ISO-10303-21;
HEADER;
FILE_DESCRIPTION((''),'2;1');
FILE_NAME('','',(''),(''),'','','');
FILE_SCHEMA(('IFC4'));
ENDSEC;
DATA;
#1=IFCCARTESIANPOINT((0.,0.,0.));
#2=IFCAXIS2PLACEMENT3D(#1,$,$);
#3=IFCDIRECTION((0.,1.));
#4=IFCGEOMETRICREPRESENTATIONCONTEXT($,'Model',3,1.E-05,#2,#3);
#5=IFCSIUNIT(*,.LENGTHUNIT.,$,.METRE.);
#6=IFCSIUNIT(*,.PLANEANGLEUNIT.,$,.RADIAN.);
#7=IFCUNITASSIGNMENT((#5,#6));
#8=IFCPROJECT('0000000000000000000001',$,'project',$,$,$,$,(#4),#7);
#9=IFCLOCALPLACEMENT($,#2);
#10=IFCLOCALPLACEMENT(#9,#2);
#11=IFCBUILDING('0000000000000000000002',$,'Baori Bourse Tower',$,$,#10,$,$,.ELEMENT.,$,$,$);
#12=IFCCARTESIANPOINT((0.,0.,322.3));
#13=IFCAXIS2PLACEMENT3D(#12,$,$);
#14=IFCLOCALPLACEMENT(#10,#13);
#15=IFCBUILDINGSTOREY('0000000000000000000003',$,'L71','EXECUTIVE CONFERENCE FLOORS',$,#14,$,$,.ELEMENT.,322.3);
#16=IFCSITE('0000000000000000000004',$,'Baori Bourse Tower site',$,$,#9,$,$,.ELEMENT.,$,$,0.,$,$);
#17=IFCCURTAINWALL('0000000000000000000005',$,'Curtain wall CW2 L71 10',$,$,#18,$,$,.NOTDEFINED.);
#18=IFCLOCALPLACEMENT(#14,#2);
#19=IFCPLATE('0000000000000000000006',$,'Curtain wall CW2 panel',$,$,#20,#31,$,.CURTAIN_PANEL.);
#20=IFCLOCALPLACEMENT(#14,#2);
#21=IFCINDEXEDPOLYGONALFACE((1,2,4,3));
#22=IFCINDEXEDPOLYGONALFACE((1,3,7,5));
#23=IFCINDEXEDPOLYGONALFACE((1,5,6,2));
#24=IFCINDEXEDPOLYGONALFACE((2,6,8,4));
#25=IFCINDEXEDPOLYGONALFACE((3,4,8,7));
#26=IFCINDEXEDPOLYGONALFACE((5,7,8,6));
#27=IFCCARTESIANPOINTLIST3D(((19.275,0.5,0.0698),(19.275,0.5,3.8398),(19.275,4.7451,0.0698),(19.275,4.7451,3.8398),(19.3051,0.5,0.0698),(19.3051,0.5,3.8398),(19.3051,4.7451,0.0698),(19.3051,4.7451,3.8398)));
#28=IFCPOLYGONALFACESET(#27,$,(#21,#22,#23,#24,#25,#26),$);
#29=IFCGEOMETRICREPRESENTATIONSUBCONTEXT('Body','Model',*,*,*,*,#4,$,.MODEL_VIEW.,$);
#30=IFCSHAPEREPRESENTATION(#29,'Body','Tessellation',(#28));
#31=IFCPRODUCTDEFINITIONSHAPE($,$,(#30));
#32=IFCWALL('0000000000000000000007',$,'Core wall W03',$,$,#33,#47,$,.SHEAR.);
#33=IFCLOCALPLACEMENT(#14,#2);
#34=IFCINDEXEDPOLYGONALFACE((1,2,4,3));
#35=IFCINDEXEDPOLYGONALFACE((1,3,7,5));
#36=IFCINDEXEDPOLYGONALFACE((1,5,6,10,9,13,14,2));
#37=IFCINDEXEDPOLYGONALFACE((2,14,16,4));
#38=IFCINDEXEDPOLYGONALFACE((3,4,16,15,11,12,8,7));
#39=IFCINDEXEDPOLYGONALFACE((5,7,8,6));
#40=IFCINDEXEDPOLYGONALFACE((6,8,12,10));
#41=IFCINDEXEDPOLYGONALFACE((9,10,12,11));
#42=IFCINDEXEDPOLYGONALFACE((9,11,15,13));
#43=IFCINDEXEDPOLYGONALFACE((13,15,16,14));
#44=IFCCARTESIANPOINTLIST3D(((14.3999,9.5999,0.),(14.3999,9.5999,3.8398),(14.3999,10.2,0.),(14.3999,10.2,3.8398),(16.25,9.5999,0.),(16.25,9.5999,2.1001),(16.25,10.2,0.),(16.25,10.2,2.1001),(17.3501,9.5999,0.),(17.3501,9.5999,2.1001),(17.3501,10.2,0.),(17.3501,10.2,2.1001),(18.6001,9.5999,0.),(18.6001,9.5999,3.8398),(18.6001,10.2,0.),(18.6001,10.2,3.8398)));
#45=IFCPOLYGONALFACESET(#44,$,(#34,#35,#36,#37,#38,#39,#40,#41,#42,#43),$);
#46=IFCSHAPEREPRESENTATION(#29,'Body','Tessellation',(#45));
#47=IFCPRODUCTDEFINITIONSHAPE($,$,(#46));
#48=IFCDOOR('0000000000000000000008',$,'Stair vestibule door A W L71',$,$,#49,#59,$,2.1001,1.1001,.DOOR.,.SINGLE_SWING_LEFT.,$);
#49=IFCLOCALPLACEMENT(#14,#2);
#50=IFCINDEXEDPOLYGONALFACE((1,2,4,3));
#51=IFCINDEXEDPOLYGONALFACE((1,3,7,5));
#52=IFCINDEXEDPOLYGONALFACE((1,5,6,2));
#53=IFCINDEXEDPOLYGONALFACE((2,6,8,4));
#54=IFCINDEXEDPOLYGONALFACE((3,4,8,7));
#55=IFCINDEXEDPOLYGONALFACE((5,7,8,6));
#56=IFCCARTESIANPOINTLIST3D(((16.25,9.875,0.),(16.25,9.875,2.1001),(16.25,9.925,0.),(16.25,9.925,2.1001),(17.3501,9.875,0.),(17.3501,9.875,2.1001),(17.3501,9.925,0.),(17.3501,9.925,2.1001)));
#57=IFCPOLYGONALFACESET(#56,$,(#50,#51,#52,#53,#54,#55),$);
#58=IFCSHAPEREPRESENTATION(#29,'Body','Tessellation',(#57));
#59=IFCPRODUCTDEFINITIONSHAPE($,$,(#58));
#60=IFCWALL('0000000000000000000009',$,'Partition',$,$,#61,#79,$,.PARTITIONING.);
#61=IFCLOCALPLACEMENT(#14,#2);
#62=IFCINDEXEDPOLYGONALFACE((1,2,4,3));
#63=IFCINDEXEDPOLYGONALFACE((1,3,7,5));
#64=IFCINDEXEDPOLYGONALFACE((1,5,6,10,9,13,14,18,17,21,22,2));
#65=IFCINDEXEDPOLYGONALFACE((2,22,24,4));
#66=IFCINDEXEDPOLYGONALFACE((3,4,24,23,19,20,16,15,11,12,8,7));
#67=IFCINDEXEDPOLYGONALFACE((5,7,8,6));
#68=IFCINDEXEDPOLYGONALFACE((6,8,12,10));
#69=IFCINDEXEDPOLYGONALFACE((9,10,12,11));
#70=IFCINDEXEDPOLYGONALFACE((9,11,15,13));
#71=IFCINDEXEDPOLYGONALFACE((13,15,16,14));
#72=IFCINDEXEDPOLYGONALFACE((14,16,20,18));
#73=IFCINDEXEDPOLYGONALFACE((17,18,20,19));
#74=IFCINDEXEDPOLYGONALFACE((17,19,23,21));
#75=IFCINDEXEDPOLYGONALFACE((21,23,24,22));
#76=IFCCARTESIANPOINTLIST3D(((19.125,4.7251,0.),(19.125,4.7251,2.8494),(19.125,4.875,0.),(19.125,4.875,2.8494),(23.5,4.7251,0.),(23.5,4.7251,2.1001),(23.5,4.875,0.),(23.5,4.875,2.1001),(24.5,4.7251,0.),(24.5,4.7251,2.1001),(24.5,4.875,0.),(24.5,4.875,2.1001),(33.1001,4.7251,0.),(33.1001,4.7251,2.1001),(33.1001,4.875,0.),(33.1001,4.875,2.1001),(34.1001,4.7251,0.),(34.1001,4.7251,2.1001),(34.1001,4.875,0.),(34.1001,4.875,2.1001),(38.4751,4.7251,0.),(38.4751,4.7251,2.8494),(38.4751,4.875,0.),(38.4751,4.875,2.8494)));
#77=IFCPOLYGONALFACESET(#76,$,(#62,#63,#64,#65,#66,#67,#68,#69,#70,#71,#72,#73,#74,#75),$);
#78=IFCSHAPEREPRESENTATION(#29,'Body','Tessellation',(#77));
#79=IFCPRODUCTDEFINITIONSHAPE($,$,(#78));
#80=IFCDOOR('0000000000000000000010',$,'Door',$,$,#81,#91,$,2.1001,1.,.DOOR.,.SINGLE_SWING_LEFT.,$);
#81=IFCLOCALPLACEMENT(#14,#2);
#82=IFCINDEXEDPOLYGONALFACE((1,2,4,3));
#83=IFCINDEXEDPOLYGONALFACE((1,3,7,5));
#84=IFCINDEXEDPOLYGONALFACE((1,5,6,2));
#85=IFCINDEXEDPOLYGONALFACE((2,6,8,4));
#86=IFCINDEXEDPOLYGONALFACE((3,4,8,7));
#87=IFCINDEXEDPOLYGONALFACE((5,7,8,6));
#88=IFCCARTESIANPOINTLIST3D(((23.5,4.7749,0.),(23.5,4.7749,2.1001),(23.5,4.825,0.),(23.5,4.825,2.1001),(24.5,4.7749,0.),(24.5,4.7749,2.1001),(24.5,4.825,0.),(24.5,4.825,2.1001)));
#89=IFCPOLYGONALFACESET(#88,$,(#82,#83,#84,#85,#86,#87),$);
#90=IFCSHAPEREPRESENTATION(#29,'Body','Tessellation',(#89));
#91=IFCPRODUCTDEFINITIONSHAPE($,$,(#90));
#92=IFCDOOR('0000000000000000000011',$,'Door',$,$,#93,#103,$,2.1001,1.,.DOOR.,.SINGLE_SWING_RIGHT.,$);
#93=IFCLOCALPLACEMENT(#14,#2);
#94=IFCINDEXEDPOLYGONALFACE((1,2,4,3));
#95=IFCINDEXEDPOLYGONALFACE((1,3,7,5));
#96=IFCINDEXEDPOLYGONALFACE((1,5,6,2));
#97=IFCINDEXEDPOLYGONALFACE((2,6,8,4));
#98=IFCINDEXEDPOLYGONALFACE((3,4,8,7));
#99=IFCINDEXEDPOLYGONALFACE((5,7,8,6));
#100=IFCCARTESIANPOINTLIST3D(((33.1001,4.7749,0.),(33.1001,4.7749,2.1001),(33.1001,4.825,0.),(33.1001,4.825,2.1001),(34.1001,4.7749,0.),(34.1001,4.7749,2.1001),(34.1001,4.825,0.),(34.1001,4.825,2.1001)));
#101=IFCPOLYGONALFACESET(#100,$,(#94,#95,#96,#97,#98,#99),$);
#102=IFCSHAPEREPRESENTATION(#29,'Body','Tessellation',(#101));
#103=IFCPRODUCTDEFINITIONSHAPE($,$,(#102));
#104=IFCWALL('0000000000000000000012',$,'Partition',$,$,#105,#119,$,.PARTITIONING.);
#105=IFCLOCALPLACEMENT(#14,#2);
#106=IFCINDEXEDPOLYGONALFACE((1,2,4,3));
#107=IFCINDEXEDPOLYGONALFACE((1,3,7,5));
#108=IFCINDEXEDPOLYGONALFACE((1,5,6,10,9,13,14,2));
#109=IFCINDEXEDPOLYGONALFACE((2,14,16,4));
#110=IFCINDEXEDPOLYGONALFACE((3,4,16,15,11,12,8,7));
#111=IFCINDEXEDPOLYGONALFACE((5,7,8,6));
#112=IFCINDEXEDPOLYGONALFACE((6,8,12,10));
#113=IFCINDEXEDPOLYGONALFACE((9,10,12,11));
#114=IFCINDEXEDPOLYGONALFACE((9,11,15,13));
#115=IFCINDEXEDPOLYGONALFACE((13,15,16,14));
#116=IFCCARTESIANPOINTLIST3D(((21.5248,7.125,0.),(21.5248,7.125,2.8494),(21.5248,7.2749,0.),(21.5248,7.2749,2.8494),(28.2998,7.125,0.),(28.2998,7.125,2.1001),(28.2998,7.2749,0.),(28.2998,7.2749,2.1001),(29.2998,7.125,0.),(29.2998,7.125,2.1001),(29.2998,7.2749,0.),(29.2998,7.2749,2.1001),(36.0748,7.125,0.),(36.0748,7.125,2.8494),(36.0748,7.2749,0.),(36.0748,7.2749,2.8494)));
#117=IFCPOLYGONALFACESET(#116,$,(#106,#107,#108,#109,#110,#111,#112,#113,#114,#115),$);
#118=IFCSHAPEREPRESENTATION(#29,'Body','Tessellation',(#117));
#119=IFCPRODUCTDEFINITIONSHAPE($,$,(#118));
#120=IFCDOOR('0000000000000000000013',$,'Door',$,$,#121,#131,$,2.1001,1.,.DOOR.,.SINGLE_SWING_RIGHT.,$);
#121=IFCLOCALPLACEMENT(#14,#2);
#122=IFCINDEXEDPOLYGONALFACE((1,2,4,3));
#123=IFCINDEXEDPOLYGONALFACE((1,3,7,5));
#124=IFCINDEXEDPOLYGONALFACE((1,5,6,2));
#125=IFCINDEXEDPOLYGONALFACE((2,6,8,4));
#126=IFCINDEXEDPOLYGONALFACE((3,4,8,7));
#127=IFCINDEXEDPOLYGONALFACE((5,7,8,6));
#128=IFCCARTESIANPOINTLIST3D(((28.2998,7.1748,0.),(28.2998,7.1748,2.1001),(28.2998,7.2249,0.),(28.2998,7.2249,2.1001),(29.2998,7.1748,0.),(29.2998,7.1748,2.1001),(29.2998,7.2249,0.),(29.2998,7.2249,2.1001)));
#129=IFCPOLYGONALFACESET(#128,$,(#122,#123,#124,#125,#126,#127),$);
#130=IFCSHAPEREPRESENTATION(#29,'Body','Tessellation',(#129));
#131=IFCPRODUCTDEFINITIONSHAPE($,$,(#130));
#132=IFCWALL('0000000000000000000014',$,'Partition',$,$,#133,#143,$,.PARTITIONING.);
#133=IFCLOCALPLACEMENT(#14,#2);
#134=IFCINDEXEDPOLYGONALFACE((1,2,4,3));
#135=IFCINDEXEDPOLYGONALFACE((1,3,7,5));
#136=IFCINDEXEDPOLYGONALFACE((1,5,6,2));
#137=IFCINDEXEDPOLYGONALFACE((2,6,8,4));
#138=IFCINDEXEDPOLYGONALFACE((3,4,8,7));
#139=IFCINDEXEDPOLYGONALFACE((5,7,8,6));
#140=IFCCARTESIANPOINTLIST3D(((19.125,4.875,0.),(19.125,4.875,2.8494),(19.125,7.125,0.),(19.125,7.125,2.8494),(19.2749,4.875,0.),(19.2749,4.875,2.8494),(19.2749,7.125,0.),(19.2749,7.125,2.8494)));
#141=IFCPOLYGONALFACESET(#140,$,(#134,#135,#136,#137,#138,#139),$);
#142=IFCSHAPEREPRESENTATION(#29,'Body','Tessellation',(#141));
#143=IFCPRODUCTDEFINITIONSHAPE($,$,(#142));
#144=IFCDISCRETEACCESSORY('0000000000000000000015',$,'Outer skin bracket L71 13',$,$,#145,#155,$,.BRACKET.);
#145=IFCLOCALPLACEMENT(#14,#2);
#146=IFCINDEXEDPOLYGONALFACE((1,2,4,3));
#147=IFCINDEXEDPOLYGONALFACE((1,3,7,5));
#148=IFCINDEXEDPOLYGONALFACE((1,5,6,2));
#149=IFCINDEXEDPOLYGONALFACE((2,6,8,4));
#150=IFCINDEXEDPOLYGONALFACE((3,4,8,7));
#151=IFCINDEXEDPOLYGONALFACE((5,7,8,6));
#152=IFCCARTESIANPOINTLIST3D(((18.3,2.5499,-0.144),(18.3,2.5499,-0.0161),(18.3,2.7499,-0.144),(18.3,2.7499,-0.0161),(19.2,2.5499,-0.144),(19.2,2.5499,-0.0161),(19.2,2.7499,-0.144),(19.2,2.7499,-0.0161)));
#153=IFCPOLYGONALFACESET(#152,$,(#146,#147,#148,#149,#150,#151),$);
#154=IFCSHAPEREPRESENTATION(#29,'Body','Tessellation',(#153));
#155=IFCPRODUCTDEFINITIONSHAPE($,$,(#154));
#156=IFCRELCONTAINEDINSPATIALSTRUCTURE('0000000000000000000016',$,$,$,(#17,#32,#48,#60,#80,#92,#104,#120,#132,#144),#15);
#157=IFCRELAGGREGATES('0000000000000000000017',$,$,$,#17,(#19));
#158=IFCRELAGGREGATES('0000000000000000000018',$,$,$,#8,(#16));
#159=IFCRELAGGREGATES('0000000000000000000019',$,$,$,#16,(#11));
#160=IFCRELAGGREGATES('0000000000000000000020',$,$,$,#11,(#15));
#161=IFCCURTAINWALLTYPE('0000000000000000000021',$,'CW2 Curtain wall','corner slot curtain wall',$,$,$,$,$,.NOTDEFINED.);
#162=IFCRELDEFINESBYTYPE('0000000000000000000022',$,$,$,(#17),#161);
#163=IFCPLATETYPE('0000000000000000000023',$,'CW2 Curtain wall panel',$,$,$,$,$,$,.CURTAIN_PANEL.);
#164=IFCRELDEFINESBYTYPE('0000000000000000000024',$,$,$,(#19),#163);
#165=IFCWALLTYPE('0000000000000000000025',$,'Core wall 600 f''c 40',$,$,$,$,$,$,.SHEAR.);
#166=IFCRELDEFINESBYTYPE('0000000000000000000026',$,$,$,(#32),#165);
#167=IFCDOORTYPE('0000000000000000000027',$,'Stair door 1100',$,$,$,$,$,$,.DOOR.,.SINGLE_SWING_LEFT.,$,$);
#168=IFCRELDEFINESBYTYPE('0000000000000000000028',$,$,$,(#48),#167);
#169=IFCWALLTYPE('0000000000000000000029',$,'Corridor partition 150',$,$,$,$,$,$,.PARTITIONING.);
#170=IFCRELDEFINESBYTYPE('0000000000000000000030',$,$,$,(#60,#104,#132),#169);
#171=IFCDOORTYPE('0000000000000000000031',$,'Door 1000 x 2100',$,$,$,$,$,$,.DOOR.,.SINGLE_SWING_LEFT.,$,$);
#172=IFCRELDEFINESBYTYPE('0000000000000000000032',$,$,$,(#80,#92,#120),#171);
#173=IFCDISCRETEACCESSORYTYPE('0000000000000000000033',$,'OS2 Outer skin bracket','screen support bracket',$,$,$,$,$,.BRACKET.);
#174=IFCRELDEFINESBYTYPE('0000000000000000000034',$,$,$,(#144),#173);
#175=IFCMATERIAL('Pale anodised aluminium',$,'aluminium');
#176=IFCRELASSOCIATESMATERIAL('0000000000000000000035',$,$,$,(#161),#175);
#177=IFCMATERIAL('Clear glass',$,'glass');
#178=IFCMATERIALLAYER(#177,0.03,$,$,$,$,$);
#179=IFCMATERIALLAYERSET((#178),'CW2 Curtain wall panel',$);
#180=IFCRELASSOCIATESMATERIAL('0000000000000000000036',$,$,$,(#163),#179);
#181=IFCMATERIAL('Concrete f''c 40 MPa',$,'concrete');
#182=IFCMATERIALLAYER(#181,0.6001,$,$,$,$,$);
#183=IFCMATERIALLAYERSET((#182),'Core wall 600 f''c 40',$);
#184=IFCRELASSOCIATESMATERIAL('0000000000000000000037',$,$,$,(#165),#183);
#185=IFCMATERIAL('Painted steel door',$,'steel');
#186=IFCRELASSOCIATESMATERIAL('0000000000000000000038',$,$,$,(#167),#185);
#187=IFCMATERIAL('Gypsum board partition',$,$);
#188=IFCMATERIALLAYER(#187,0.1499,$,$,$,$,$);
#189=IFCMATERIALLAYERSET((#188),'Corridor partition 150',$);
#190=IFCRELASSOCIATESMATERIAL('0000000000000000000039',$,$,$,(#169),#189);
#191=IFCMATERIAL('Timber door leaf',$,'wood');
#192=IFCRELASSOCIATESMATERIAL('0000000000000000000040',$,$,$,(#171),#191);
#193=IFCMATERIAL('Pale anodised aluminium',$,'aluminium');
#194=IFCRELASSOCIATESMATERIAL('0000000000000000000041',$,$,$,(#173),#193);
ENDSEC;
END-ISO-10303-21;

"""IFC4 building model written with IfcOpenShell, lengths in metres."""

from ifc_helpers import new_model, si_unit, direction, frame, frame_2d, origin, origin_2d, place, context, subcontext, project, spatial, rectangle, extrude, material, layer, layer_set, type_object, element, fill, aggregate, save


model = new_model("IFC4")

# Units and contexts
model_context = context("Model", 3, precision=1e-05, world=origin(), true_north=direction((0.0, 1.0)))
body_context = subcontext(model_context, "Body", "Model", "MODEL_VIEW")
ifc_project = project(units=[si_unit("LENGTHUNIT", "METRE"), si_unit("PLANEANGLEUNIT", "RADIAN")], contexts=[model_context])

# Site, building, storey
site_placement = place(None, origin())
site = spatial("IfcSite", under=ifc_project, at=site_placement, Name="Baori Bourse Tower site", CompositionType="ELEMENT", RefElevation=0.0)
building_placement = place(site_placement, origin())
building = spatial("IfcBuilding", under=site, at=building_placement, Name="Baori Bourse Tower", CompositionType="ELEMENT")
storey_placement = place(building_placement, frame((0.0, 0.0, 322.3)))
storey = spatial("IfcBuildingStorey", under=building, at=storey_placement, Name="L71", Description="EXECUTIVE CONFERENCE FLOORS", CompositionType="ELEMENT", Elevation=322.3)

# Curtain wall
ifc_material_1 = material(Name="Pale anodised aluminium", Category="aluminium")
curtain_wall_type_1 = type_object("IfcCurtainWallType", Name="CW2 Curtain wall", Description="corner slot curtain wall", PredefinedType="NOTDEFINED", material=ifc_material_1)
curtain_wall_1_placement = place(storey_placement, origin())
curtain_wall_1 = element("IfcCurtainWall", 1, at=curtain_wall_1_placement, inside=storey, type_object=curtain_wall_type_1, Name="Curtain wall CW2 L71 10", PredefinedType="NOTDEFINED")

# Plate
ifc_material_2 = material(Name="Clear glass", Category="glass")
ifc_layer_1 = layer(ifc_material_2, 0.03)
ifc_layer_set_1 = layer_set([ifc_layer_1], Name="CW2 Curtain wall panel")
plate_type = type_object("IfcPlateType", Name="CW2 Curtain wall panel", PredefinedType="CURTAIN_PANEL", material=ifc_layer_set_1)
plate_placement = place(storey_placement, frame((19.29, 2.6226, 0.0698), z_axis=(0.0, 0.0, 1.0), x_axis=(0.0, -1.0, 0.0)))
plate = element("IfcPlate", 2, at=plate_placement, type_object=plate_type, Name="Curtain wall CW2 panel", PredefinedType="CURTAIN_PANEL", context=body_context, shape_type="SweptSolid", body=[
    extrude(rectangle(XDim=4.2451, YDim=0.03, at=origin_2d()), origin(), (0.0, 0.0, 1.0), 3.77),
])
aggregate(curtain_wall_1, [plate])

# Wall, opening, door
ifc_material_3 = material(Name="Concrete f'c 40 MPa", Category="concrete")
ifc_layer_2 = layer(ifc_material_3, 0.6001)
ifc_layer_set_2 = layer_set([ifc_layer_2], Name="Core wall 600 f'c 40")
wall_type_1 = type_object("IfcWallType", Name="Core wall 600 f'c 40", PredefinedType="SHEAR", material=ifc_layer_set_2)
wall_1_placement = place(storey_placement, frame((18.6001, 9.8999, 0.0), z_axis=(0.0, 0.0, 1.0), x_axis=(-1.0, 0.0, 0.0)))
wall_1 = element("IfcWall", 3, at=wall_1_placement, inside=storey, type_object=wall_type_1, Name="Core wall W03", PredefinedType="SHEAR", context=body_context, shape_type="SweptSolid", body=[
    extrude(rectangle(XDim=4.2002, YDim=0.6001, at=frame_2d((2.1001, 0.0))), origin(), (0.0, 0.0, 1.0), 3.8398),
])
opening_1_placement = place(wall_1_placement, frame((1.25, 0.0, 0.0)))
opening_1 = element("IfcOpeningElement", 4, at=opening_1_placement, cuts=wall_1, PredefinedType="OPENING", context=body_context, shape_type="SweptSolid", body=[
    extrude(rectangle(XDim=1.1001, YDim=2.1001, at=frame_2d((0.55, 1.05))), frame((0.0, 0.3101, 0.0), z_axis=(0.0, -1.0, 0.0), x_axis=(1.0, 0.0, 0.0)), (0.0, 0.0, 1.0), 0.6201),
])
ifc_material_4 = material(Name="Painted steel door", Category="steel")
door_type_1 = type_object("IfcDoorType", Name="Stair door 1100", OperationType="SINGLE_SWING_LEFT", PredefinedType="DOOR", material=ifc_material_4)
door_1_placement = place(opening_1_placement, origin())
door_1 = element("IfcDoor", 5, at=door_1_placement, inside=storey, type_object=door_type_1, Name="Stair vestibule door A W L71", OperationType="SINGLE_SWING_LEFT", OverallHeight=2.1001, OverallWidth=1.1001, PredefinedType="DOOR", context=body_context, shape_type="SweptSolid", body=[
    extrude(rectangle(XDim=1.1001, YDim=2.1001, at=frame_2d((0.55, 1.05))), frame((0.0, 0.0249, 0.0), z_axis=(0.0, -1.0, 0.0), x_axis=(1.0, 0.0, 0.0)), (0.0, 0.0, 1.0), 0.05),
])
fill(opening_1, door_1)

# Wall, openings, doors
ifc_material_5 = material(Name="Gypsum board partition")
ifc_layer_3 = layer(ifc_material_5, 0.1499)
ifc_layer_set_3 = layer_set([ifc_layer_3], Name="Corridor partition 150")
wall_type_2 = type_object("IfcWallType", Name="Corridor partition 150", PredefinedType="PARTITIONING", material=ifc_layer_set_3)
wall_2_placement = place(storey_placement, frame((19.125, 4.8, 0.0), z_axis=(0.0, 0.0, 1.0), x_axis=(1.0, 0.0, 0.0)))
wall_2 = element("IfcWall", 6, at=wall_2_placement, inside=storey, type_object=wall_type_2, Name="Partition", PredefinedType="PARTITIONING", context=body_context, shape_type="SweptSolid", body=[
    extrude(rectangle(XDim=19.3501, YDim=0.1499, at=frame_2d((9.675, 0.0))), origin(), (0.0, 0.0, 1.0), 2.8494),
])
opening_2_placement = place(wall_2_placement, frame((4.375, 0.0, 0.0)))
opening_2 = element("IfcOpeningElement", 7, at=opening_2_placement, cuts=wall_2, PredefinedType="OPENING", context=body_context, shape_type="SweptSolid", body=[
    extrude(rectangle(XDim=1.0, YDim=2.1001, at=frame_2d((0.5, 1.05))), frame((0.0, 0.085, 0.0), z_axis=(0.0, -1.0, 0.0), x_axis=(1.0, 0.0, 0.0)), (0.0, 0.0, 1.0), 0.1699),
])
opening_3_placement = place(wall_2_placement, frame((13.9751, 0.0, 0.0)))
opening_3 = element("IfcOpeningElement", 8, at=opening_3_placement, cuts=wall_2, PredefinedType="OPENING", context=body_context, shape_type="SweptSolid", body=[
    extrude(rectangle(XDim=1.0, YDim=2.1001, at=frame_2d((0.5, 1.05))), frame((0.0, 0.085, 0.0), z_axis=(0.0, -1.0, 0.0), x_axis=(1.0, 0.0, 0.0)), (0.0, 0.0, 1.0), 0.1699),
])
ifc_material_6 = material(Name="Timber door leaf", Category="wood")
door_type_2 = type_object("IfcDoorType", Name="Door 1000 x 2100", OperationType="SINGLE_SWING_LEFT", PredefinedType="DOOR", material=ifc_material_6)
door_2_placement = place(opening_2_placement, origin())
door_2 = element("IfcDoor", 9, at=door_2_placement, inside=storey, type_object=door_type_2, Name="Door", OperationType="SINGLE_SWING_LEFT", OverallHeight=2.1001, OverallWidth=1.0, PredefinedType="DOOR", context=body_context, shape_type="SweptSolid", body=[
    extrude(rectangle(XDim=1.0, YDim=2.1001, at=frame_2d((0.5, 1.05))), frame((0.0, 0.0249, 0.0), z_axis=(0.0, -1.0, 0.0), x_axis=(1.0, 0.0, 0.0)), (0.0, 0.0, 1.0), 0.05),
])
fill(opening_2, door_2)
door_3_placement = place(opening_3_placement, origin())
door_3 = element("IfcDoor", 10, at=door_3_placement, inside=storey, type_object=door_type_2, Name="Door", OperationType="SINGLE_SWING_RIGHT", OverallHeight=2.1001, OverallWidth=1.0, PredefinedType="DOOR", context=body_context, shape_type="SweptSolid", body=[
    extrude(rectangle(XDim=1.0, YDim=2.1001, at=frame_2d((0.5, 1.05))), frame((0.0, 0.0249, 0.0), z_axis=(0.0, -1.0, 0.0), x_axis=(1.0, 0.0, 0.0)), (0.0, 0.0, 1.0), 0.05),
])
fill(opening_3, door_3)

# Wall, opening, door
wall_3_placement = place(storey_placement, frame((21.5249, 7.2, 0.0), z_axis=(0.0, 0.0, 1.0), x_axis=(1.0, 0.0, 0.0)))
wall_3 = element("IfcWall", 11, at=wall_3_placement, inside=storey, type_object=wall_type_2, Name="Partition", PredefinedType="PARTITIONING", context=body_context, shape_type="SweptSolid", body=[
    extrude(rectangle(XDim=14.55, YDim=0.1499, at=frame_2d((7.2749, 0.0))), origin(), (0.0, 0.0, 1.0), 2.8494),
])
opening_4_placement = place(wall_3_placement, frame((6.7749, 0.0, 0.0)))
opening_4 = element("IfcOpeningElement", 12, at=opening_4_placement, cuts=wall_3, PredefinedType="OPENING", context=body_context, shape_type="SweptSolid", body=[
    extrude(rectangle(XDim=1.0, YDim=2.1001, at=frame_2d((0.5, 1.05))), frame((0.0, 0.085, 0.0), z_axis=(0.0, -1.0, 0.0), x_axis=(1.0, 0.0, 0.0)), (0.0, 0.0, 1.0), 0.1699),
])
door_4_placement = place(opening_4_placement, origin())
door_4 = element("IfcDoor", 13, at=door_4_placement, inside=storey, type_object=door_type_2, Name="Door", OperationType="SINGLE_SWING_RIGHT", OverallHeight=2.1001, OverallWidth=1.0, PredefinedType="DOOR", context=body_context, shape_type="SweptSolid", body=[
    extrude(rectangle(XDim=1.0, YDim=2.1001, at=frame_2d((0.5, 1.05))), frame((0.0, 0.0249, 0.0), z_axis=(0.0, -1.0, 0.0), x_axis=(1.0, 0.0, 0.0)), (0.0, 0.0, 1.0), 0.05),
])
fill(opening_4, door_4)

# Wall
wall_4_placement = place(storey_placement, frame((19.2, 4.875, 0.0), z_axis=(0.0, 0.0, 1.0), x_axis=(0.0, 1.0, 0.0)))
element("IfcWall", 14, at=wall_4_placement, inside=storey, type_object=wall_type_2, Name="Partition", PredefinedType="PARTITIONING", context=body_context, shape_type="SweptSolid", body=[
    extrude(rectangle(XDim=2.25, YDim=0.1499, at=frame_2d((1.125, 0.0))), origin(), (0.0, 0.0, 1.0), 2.8494),
])

# Discrete accessory
ifc_material_7 = material(Name="Pale anodised aluminium", Category="aluminium")
discrete_accessory_type = type_object("IfcDiscreteAccessoryType", Name="OS2 Outer skin bracket", Description="screen support bracket", PredefinedType="BRACKET", material=ifc_material_7)
discrete_accessory_placement = place(storey_placement, frame((18.75, 2.6499, -0.144), z_axis=(0.0, 0.0, 1.0), x_axis=(0.0, -1.0, 0.0)))
element("IfcDiscreteAccessory", 15, at=discrete_accessory_placement, inside=storey, type_object=discrete_accessory_type, Name="Outer skin bracket L71 13", PredefinedType="BRACKET", context=body_context, shape_type="SweptSolid", body=[
    extrude(rectangle(XDim=0.2, YDim=0.8999, at=origin_2d()), origin(), (0.0, 0.0, 1.0), 0.1279),
])

save(model, "model.ifc")
